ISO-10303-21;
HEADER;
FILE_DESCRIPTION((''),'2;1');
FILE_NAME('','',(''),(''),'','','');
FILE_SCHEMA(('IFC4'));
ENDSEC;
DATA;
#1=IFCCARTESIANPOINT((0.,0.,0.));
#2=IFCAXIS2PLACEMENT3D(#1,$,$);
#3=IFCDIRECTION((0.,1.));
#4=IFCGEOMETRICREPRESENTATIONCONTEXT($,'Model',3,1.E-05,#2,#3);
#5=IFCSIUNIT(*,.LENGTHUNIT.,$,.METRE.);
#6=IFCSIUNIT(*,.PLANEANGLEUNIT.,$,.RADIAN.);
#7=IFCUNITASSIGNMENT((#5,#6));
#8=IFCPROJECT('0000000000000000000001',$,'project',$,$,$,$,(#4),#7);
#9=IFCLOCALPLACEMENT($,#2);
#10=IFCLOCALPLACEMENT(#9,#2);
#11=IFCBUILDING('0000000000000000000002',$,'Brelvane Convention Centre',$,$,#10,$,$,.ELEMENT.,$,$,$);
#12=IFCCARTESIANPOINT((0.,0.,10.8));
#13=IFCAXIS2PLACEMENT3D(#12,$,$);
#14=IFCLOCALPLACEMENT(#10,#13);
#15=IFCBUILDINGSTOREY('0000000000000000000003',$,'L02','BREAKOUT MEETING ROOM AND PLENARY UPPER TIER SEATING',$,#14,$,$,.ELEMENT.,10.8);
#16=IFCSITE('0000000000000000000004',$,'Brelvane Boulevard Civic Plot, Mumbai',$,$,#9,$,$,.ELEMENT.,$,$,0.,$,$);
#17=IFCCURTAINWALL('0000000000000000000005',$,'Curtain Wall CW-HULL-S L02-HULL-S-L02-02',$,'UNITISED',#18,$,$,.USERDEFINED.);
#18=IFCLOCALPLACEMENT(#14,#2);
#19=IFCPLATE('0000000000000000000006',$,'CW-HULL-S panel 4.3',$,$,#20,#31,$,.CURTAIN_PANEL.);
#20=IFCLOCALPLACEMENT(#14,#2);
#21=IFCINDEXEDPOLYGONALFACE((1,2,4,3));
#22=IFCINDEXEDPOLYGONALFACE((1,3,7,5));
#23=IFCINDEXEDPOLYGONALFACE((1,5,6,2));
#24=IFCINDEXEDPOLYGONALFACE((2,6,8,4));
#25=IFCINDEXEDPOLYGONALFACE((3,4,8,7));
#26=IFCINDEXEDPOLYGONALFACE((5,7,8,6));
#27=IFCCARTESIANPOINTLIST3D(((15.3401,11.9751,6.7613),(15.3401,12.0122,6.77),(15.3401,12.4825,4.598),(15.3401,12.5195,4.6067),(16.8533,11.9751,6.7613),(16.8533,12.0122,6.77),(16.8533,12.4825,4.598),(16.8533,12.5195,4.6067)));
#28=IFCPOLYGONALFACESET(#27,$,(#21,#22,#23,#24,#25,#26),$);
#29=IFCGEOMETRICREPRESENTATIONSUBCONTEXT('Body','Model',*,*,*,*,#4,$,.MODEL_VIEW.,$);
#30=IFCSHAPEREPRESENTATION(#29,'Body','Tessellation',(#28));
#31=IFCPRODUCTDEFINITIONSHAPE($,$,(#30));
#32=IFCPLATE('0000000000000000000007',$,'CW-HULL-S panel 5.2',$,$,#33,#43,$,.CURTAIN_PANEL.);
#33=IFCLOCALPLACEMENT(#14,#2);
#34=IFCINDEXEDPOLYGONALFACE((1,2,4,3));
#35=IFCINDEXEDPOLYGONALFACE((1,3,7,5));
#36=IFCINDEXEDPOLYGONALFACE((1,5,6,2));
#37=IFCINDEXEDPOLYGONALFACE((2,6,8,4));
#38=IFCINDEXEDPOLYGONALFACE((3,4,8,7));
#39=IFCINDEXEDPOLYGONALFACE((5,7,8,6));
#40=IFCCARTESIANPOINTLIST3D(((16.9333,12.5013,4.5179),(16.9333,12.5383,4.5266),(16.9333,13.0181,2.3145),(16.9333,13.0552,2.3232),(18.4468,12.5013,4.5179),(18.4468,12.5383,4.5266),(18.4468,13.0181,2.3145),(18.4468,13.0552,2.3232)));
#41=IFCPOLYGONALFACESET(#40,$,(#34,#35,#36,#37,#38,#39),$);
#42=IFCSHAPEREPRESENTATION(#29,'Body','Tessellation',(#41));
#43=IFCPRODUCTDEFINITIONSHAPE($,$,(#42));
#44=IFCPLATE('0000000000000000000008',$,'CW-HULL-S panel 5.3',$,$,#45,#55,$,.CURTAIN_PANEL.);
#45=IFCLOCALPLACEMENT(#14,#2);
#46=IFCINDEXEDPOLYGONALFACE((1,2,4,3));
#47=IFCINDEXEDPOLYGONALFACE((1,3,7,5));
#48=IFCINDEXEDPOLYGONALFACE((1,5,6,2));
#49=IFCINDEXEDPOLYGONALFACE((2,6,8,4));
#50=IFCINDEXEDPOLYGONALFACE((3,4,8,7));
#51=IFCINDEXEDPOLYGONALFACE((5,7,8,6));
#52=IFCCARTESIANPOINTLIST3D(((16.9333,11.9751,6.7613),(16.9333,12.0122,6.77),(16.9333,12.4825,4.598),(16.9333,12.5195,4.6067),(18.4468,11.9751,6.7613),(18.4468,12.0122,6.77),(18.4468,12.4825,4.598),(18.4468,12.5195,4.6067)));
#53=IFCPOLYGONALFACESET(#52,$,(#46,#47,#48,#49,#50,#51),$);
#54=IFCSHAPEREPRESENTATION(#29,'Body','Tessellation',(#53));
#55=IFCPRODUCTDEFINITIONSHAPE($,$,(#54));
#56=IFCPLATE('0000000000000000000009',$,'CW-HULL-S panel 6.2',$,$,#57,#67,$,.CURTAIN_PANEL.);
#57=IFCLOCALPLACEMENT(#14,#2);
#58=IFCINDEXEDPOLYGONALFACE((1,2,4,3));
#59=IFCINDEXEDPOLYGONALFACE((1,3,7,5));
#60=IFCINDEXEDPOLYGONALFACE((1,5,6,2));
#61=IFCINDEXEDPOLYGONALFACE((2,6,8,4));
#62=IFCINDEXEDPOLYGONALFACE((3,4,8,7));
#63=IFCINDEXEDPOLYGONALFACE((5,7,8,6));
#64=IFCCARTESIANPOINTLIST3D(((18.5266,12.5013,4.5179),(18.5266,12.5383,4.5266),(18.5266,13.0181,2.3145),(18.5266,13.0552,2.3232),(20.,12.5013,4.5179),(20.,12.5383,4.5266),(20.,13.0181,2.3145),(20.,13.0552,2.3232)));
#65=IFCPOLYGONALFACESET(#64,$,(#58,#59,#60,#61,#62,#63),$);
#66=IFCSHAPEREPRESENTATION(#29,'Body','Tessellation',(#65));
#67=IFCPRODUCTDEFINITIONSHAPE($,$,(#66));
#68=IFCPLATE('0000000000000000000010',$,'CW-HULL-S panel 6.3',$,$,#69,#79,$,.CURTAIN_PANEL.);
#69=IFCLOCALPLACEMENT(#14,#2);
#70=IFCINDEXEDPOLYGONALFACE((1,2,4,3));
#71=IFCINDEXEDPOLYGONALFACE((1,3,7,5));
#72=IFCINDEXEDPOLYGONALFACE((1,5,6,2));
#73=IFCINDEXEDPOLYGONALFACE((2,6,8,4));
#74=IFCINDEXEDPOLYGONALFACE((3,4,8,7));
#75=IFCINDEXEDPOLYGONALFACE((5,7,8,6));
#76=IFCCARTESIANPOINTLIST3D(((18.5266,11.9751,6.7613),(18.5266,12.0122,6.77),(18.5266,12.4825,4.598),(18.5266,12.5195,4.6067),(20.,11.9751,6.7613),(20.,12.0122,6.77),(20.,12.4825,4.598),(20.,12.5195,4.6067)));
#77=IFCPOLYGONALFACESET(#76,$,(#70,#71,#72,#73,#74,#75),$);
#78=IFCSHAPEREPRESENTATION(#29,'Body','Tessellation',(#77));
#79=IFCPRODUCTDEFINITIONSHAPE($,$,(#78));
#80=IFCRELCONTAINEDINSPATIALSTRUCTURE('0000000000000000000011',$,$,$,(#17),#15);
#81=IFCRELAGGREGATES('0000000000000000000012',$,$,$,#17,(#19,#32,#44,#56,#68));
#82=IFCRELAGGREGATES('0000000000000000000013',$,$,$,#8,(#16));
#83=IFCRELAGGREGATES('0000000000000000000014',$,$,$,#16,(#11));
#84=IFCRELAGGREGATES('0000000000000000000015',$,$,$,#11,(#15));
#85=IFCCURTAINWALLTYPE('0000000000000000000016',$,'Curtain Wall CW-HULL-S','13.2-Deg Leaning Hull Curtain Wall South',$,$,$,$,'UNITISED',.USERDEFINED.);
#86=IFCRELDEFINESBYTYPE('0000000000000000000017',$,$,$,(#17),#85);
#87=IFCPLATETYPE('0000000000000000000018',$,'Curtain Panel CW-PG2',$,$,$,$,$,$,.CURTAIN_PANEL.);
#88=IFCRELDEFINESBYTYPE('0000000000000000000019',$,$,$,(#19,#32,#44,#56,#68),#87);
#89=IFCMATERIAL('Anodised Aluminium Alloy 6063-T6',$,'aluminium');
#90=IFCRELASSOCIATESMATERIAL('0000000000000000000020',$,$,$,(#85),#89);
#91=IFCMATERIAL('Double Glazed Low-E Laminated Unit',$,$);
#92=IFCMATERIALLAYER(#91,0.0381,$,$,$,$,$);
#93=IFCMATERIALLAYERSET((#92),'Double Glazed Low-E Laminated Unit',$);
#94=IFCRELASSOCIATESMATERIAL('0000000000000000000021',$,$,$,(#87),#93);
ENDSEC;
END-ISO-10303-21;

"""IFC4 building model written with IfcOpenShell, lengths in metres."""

from ifc_helpers import new_model, si_unit, direction, frame, origin, place, context, subcontext, project, spatial, polyline, outline, extrude, material, layer, layer_set, type_object, element, aggregate, save


model = new_model("IFC4")

# Units and contexts
model_context = context("Model", 3, precision=1e-05, world=origin(), true_north=direction((0.0, 1.0)))
body_context = subcontext(model_context, "Body", "Model", "MODEL_VIEW")
ifc_project = project(units=[si_unit("LENGTHUNIT", "METRE"), si_unit("PLANEANGLEUNIT", "RADIAN")], contexts=[model_context])

# Site, building, storey
site_placement = place(None, origin())
site = spatial("IfcSite", under=ifc_project, at=site_placement, Name="Brelvane Boulevard Civic Plot, Mumbai", CompositionType="ELEMENT", RefElevation=0.0)
building_placement = place(site_placement, origin())
building = spatial("IfcBuilding", under=site, at=building_placement, Name="Brelvane Convention Centre", CompositionType="ELEMENT")
storey_placement = place(building_placement, frame((0.0, 0.0, 10.8)))
storey = spatial("IfcBuildingStorey", under=building, at=storey_placement, Name="L02", Description="BREAKOUT MEETING ROOM AND PLENARY UPPER TIER SEATING", CompositionType="ELEMENT", Elevation=10.8)

# Curtain wall
ifc_material_1 = material(Name="Anodised Aluminium Alloy 6063-T6", Category="aluminium")
curtain_wall_type = type_object("IfcCurtainWallType", Name="Curtain Wall CW-HULL-S", Description="13.2-Deg Leaning Hull Curtain Wall South", ElementType="UNITISED", PredefinedType="USERDEFINED", material=ifc_material_1)
curtain_wall_1_placement = place(storey_placement, origin())
curtain_wall_1 = element("IfcCurtainWall", 1, at=curtain_wall_1_placement, inside=storey, type_object=curtain_wall_type, Name="Curtain Wall CW-HULL-S L02-HULL-S-L02-02", ObjectType="UNITISED", PredefinedType="USERDEFINED")

# Plates
ifc_material_2 = material(Name="Double Glazed Low-E Laminated Unit")
ifc_layer = layer(ifc_material_2, 0.0381)
ifc_layer_set = layer_set([ifc_layer], Name="Double Glazed Low-E Laminated Unit")
plate_type = type_object("IfcPlateType", Name="Curtain Panel CW-PG2", PredefinedType="CURTAIN_PANEL", material=ifc_layer_set)
plate_1_placement = place(storey_placement, frame((15.3401, 12.5195, 4.6067), z_axis=(0.0, 0.973587, 0.228317), x_axis=(1.0, 0.0, 0.0)))
plate_1 = element("IfcPlate", 2, at=plate_1_placement, type_object=plate_type, Name="CW-HULL-S panel 4.3", PredefinedType="CURTAIN_PANEL", context=body_context, shape_type="SweptSolid", body=[
    extrude(outline(polyline([(0.0, 0.0), (1.5132, 0.0), (1.5132, -2.222), (0.0, -2.222), (0.0, 0.0)])), origin(), (0.0, 0.0, -1.0), 0.0381),
])
plate_2_placement = place(storey_placement, frame((16.9333, 13.0552, 2.3232), z_axis=(0.0, 0.973574, 0.228372), x_axis=(1.0, 0.0, 0.0)))
plate_2 = element("IfcPlate", 3, at=plate_2_placement, type_object=plate_type, Name="CW-HULL-S panel 5.2", PredefinedType="CURTAIN_PANEL", context=body_context, shape_type="SweptSolid", body=[
    extrude(outline(polyline([(0.0, 0.0), (1.5134, 0.0), (1.5134, -2.2632), (0.0, -2.2632), (0.0, 0.0)])), origin(), (0.0, 0.0, -1.0), 0.0381),
])
plate_3_placement = place(storey_placement, frame((16.9333, 12.5195, 4.6067), z_axis=(0.0, 0.973587, 0.228317), x_axis=(1.0, 0.0, 0.0)))
plate_3 = element("IfcPlate", 4, at=plate_3_placement, type_object=plate_type, Name="CW-HULL-S panel 5.3", PredefinedType="CURTAIN_PANEL", context=body_context, shape_type="SweptSolid", body=[
    extrude(outline(polyline([(0.0, 0.0), (1.5134, 0.0), (1.5134, -2.222), (0.0, -2.222), (0.0, 0.0)])), origin(), (0.0, 0.0, -1.0), 0.0381),
])
plate_4_placement = place(storey_placement, frame((18.5266, 13.0552, 2.3232), z_axis=(0.0, 0.973574, 0.228372), x_axis=(1.0, 0.0, 0.0)))
plate_4 = element("IfcPlate", 5, at=plate_4_placement, type_object=plate_type, Name="CW-HULL-S panel 6.2", PredefinedType="CURTAIN_PANEL", context=body_context, shape_type="SweptSolid", body=[
    extrude(outline(polyline([(0.0, 0.0), (1.4734, 0.0), (1.4734, -2.2632), (0.0, -2.2632), (0.0, 0.0)])), origin(), (0.0, 0.0, -1.0), 0.0381),
])
plate_5_placement = place(storey_placement, frame((18.5266, 12.5195, 4.6067), z_axis=(0.0, 0.973587, 0.228317), x_axis=(1.0, 0.0, 0.0)))
plate_5 = element("IfcPlate", 6, at=plate_5_placement, type_object=plate_type, Name="CW-HULL-S panel 6.3", PredefinedType="CURTAIN_PANEL", context=body_context, shape_type="SweptSolid", body=[
    extrude(outline(polyline([(0.0, 0.0), (1.4734, 0.0), (1.4734, -2.222), (0.0, -2.222), (0.0, 0.0)])), origin(), (0.0, 0.0, -1.0), 0.0381),
])
aggregate(curtain_wall_1, [plate_1, plate_2, plate_3, plate_4, plate_5])

save(model, "model.ifc")
